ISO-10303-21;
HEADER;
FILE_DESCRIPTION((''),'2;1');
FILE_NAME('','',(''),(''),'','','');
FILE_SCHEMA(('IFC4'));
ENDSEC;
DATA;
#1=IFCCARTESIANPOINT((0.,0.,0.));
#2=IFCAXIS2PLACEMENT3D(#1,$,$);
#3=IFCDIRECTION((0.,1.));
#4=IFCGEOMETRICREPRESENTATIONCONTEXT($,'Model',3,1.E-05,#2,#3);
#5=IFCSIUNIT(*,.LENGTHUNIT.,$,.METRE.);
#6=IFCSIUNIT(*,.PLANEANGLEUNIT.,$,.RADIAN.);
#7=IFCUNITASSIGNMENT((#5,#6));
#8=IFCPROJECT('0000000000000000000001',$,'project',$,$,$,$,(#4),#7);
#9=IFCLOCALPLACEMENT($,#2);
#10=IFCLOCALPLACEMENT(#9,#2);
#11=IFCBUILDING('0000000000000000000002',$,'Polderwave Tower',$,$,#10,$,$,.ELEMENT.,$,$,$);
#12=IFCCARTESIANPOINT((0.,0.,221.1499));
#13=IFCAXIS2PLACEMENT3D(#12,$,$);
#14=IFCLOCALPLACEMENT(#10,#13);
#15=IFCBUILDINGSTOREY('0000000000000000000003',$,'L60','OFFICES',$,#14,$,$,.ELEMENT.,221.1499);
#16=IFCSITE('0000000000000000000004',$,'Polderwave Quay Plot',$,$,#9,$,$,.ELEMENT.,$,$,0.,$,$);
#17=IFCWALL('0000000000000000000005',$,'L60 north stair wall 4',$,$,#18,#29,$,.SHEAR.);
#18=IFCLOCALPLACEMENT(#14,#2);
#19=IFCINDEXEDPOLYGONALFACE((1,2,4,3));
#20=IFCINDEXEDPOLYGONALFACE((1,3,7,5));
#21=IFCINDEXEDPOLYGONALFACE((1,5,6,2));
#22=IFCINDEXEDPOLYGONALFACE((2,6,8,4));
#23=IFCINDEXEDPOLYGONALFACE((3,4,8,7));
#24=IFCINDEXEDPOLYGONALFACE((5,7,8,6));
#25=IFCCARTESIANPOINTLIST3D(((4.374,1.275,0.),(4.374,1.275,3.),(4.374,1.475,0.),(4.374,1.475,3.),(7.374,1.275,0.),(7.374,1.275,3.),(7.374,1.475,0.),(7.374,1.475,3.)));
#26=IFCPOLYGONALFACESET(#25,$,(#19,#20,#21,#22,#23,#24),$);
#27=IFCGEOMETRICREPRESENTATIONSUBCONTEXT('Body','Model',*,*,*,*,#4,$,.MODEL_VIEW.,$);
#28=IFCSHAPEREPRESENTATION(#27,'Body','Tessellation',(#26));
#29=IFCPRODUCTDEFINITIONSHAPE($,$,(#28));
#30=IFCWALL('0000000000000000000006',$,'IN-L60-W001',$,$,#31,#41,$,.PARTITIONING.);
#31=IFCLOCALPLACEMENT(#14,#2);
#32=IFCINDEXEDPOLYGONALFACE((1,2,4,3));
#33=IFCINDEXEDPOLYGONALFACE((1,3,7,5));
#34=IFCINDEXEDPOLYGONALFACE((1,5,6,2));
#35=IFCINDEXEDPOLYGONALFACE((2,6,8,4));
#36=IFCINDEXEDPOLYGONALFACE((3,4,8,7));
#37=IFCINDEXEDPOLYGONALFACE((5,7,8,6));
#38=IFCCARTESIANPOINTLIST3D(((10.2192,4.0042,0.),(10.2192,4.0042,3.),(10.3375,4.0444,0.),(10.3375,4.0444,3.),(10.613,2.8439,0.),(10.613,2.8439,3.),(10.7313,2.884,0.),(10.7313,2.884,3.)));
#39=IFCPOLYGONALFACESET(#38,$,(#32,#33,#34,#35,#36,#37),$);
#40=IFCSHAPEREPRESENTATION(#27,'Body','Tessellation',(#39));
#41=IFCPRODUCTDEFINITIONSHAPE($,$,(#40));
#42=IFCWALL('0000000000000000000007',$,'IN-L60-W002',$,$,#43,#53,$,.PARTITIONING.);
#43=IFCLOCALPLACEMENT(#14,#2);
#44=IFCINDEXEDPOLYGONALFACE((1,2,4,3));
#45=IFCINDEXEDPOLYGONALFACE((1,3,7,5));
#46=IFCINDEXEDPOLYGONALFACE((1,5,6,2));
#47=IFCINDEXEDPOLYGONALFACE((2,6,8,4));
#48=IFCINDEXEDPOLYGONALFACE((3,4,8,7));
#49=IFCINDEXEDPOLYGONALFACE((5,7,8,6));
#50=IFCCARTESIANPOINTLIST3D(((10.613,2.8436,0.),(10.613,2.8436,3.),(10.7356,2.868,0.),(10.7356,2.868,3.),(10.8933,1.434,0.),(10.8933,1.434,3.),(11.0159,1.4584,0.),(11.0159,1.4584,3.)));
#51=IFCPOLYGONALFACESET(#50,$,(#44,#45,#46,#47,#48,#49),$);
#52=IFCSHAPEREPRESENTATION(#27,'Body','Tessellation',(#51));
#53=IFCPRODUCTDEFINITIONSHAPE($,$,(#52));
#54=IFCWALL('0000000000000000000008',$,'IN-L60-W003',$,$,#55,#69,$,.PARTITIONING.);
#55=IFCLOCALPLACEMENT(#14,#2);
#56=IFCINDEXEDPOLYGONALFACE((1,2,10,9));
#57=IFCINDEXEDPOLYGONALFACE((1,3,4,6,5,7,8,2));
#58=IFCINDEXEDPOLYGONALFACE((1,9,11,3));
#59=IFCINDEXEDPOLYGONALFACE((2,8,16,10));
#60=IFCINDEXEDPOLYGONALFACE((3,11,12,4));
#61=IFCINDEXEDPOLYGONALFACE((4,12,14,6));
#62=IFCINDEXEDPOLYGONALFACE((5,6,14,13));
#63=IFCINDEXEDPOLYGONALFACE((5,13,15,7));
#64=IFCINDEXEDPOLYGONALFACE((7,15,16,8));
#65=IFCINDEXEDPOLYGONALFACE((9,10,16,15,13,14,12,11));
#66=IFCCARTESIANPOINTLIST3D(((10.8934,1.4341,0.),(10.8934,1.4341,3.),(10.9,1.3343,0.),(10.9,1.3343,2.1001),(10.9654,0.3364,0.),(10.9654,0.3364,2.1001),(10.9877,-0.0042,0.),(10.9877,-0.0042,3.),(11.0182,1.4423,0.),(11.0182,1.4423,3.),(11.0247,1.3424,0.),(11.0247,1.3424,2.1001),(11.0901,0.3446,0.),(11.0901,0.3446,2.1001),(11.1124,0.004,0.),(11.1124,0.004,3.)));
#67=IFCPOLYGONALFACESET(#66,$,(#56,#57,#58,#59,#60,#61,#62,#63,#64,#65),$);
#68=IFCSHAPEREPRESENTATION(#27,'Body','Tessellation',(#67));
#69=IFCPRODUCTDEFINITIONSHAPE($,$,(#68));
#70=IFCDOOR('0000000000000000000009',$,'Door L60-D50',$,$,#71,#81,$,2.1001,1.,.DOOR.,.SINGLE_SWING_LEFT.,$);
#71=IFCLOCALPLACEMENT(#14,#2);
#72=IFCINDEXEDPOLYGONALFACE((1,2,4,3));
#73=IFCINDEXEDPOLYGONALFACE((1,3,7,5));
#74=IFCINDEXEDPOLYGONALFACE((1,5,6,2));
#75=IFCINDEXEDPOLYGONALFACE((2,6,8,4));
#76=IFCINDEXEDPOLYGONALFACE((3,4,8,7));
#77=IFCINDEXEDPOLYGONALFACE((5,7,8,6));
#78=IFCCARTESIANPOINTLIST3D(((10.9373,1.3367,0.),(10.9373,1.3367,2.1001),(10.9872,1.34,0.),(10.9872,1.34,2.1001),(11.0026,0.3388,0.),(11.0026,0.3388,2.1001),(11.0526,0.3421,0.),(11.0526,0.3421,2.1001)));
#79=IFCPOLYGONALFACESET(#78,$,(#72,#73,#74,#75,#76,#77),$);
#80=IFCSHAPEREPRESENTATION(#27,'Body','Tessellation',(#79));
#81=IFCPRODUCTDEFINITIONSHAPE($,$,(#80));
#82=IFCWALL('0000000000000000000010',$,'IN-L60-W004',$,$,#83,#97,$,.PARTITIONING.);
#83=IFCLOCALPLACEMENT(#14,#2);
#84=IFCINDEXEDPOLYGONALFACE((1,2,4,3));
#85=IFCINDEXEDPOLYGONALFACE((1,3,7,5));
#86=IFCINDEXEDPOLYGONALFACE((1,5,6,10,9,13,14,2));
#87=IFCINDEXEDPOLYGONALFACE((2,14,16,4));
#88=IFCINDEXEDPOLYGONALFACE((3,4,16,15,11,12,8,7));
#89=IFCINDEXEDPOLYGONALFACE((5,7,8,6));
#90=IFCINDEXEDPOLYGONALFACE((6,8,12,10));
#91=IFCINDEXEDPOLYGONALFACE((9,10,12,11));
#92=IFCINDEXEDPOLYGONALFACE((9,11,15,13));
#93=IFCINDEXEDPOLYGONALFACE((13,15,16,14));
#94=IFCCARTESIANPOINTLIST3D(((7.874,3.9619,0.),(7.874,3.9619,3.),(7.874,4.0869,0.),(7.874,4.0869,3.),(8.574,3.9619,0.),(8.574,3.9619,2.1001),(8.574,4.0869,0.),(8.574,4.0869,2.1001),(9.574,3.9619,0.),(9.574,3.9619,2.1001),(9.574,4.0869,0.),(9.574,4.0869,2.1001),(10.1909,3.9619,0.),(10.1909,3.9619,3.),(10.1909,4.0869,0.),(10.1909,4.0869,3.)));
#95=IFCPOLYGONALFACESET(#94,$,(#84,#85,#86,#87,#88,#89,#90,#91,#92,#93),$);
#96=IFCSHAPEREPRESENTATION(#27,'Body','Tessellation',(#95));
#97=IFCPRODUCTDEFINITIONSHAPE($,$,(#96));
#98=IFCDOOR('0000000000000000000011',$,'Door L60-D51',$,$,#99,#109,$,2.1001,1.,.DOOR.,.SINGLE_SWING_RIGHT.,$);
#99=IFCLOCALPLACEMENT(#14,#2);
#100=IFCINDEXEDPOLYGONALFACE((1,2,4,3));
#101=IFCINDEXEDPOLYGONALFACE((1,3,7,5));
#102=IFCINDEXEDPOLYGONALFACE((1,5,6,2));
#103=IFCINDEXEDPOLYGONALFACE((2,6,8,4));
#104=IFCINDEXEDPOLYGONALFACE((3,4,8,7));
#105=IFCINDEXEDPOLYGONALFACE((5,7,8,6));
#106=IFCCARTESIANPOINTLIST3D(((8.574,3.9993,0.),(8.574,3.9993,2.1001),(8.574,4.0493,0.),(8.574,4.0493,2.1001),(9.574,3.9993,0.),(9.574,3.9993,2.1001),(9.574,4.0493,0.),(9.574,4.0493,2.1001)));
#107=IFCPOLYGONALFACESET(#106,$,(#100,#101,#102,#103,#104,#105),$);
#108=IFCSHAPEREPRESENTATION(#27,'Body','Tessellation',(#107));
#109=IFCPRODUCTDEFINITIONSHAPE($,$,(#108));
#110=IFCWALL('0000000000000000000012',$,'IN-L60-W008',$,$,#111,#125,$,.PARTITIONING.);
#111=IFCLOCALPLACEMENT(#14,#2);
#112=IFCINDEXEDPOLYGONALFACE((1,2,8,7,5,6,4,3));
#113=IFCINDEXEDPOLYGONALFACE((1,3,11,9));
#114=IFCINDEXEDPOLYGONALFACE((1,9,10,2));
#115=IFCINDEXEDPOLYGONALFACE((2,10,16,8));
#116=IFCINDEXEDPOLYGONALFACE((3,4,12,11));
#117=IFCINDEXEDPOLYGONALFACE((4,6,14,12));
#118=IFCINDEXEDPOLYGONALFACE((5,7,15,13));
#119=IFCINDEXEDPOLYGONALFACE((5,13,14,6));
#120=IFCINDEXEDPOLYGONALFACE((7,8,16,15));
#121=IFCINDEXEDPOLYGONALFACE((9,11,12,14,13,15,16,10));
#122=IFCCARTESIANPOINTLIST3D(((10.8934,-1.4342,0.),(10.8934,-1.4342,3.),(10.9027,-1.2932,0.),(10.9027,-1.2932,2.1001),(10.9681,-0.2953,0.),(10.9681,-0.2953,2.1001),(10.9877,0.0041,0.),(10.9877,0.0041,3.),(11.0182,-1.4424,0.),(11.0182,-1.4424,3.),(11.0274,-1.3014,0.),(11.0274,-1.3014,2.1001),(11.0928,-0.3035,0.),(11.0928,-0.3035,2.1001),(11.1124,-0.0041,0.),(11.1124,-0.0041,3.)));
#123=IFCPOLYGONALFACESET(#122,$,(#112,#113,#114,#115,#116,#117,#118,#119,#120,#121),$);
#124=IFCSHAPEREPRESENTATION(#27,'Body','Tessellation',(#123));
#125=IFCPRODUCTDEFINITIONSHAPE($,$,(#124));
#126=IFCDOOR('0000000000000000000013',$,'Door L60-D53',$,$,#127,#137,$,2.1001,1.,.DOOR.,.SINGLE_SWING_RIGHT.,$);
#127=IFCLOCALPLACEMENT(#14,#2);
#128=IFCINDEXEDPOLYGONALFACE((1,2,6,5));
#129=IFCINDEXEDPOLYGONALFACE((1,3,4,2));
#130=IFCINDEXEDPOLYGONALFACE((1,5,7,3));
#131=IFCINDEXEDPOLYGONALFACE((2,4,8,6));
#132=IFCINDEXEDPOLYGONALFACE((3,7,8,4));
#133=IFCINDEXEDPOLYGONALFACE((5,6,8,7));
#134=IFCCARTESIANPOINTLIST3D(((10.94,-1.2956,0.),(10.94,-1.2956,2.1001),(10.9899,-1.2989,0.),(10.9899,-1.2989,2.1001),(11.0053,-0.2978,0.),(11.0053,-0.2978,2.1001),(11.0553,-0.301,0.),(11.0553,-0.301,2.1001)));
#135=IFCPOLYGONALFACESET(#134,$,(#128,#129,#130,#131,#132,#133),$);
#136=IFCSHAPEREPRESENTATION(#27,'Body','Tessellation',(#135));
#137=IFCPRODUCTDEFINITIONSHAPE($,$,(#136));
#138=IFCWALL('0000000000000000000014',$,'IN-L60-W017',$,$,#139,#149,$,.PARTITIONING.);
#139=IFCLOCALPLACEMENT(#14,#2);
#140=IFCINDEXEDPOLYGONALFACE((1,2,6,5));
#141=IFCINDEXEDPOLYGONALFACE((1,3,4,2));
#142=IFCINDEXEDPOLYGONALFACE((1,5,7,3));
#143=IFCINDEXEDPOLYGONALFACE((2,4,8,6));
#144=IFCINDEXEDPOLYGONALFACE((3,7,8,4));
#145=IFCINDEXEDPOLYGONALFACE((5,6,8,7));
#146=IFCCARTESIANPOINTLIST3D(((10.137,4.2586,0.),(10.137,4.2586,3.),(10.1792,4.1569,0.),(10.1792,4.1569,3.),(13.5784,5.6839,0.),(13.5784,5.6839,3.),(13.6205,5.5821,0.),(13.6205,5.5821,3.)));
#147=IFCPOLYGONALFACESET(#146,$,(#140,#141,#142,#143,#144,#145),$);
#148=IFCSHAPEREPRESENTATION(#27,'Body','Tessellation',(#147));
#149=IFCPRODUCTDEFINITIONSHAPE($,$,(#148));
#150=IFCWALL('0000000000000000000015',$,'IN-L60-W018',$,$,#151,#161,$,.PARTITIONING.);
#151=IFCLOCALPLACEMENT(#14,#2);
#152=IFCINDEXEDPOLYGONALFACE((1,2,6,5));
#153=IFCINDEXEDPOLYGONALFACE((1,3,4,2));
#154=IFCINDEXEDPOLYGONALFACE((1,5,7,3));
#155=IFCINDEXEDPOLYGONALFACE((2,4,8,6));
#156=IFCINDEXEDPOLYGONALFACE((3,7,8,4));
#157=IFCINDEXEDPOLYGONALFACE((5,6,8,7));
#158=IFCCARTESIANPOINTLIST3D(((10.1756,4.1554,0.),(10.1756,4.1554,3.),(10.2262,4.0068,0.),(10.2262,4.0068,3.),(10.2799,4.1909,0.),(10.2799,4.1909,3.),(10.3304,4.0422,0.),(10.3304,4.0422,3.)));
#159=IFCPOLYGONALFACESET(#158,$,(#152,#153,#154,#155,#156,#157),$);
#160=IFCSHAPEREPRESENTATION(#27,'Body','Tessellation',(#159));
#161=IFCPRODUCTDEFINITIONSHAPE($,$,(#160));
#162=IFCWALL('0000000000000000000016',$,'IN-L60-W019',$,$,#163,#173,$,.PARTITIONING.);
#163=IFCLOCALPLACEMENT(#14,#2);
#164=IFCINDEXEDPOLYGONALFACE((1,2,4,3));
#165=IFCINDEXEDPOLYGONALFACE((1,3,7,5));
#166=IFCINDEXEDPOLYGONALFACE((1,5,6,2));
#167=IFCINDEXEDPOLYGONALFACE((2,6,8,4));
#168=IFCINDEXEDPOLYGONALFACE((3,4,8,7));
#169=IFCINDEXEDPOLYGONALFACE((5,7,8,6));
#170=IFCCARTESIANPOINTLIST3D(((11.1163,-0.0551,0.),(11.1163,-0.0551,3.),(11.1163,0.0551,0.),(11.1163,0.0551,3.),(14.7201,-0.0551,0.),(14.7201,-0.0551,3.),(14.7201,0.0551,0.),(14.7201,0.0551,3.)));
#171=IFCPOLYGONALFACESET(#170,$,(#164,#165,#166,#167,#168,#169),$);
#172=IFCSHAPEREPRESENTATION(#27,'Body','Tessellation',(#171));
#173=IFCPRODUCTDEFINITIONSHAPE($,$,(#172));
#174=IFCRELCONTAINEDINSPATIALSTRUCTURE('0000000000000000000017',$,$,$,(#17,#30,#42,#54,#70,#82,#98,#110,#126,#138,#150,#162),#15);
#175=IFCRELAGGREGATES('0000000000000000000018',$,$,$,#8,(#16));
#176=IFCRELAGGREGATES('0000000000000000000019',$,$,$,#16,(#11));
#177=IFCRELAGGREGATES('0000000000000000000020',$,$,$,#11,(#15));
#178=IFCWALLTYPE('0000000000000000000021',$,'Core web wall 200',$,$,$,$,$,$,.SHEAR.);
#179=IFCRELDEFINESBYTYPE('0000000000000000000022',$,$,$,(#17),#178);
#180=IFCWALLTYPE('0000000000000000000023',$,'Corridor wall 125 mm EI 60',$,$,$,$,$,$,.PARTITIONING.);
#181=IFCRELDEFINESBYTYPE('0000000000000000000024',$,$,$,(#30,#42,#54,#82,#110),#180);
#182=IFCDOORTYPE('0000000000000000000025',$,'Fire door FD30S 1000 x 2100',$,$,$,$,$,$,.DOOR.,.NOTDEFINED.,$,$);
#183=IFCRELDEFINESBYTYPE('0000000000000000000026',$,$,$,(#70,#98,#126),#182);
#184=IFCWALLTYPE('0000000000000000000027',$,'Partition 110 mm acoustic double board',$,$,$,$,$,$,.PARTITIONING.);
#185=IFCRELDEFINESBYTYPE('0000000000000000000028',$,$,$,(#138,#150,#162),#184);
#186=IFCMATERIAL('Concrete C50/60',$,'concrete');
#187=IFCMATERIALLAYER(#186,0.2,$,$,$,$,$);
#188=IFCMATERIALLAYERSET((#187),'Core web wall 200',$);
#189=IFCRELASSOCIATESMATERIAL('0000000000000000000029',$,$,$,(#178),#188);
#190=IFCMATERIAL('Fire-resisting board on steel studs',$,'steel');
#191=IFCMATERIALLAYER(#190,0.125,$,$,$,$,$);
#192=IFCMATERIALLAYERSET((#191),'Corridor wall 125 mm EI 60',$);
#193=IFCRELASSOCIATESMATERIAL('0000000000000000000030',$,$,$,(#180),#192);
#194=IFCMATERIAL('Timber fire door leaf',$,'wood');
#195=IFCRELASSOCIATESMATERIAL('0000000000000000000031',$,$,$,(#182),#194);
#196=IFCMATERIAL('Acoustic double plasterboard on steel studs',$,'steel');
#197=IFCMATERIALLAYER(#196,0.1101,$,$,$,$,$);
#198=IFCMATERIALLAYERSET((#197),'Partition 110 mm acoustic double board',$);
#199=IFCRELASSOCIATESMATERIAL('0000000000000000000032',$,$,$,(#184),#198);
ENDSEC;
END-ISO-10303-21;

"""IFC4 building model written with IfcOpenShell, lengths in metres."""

from ifc_helpers import new_model, si_unit, direction, frame, frame_2d, origin, place, context, subcontext, project, spatial, rectangle, extrude, material, layer, layer_set, type_object, element, fill, save


model = new_model("IFC4")

# Units and contexts
model_context = context("Model", 3, precision=1e-05, world=origin(), true_north=direction((0.0, 1.0)))
body_context = subcontext(model_context, "Body", "Model", "MODEL_VIEW")
ifc_project = project(units=[si_unit("LENGTHUNIT", "METRE"), si_unit("PLANEANGLEUNIT", "RADIAN")], contexts=[model_context])

# Site, building, storey
site_placement = place(None, origin())
site = spatial("IfcSite", under=ifc_project, at=site_placement, Name="Polderwave Quay Plot", CompositionType="ELEMENT", RefElevation=0.0)
building_placement = place(site_placement, origin())
building = spatial("IfcBuilding", under=site, at=building_placement, Name="Polderwave Tower", CompositionType="ELEMENT")
storey_placement = place(building_placement, frame((0.0, 0.0, 221.1499)))
storey = spatial("IfcBuildingStorey", under=building, at=storey_placement, Name="L60", Description="OFFICES", CompositionType="ELEMENT", Elevation=221.1499)

# Walls
ifc_material_1 = material(Name="Concrete C50/60", Category="concrete")
ifc_layer_1 = layer(ifc_material_1, 0.2)
ifc_layer_set_1 = layer_set([ifc_layer_1], Name="Core web wall 200")
wall_type_1 = type_object("IfcWallType", Name="Core web wall 200", PredefinedType="SHEAR", material=ifc_layer_set_1)
wall_1_placement = place(storey_placement, frame((4.374, 1.375, 0.0), z_axis=(0.0, 0.0, 1.0), x_axis=(1.0, 0.0, 0.0)))
element("IfcWall", 1, at=wall_1_placement, inside=storey, type_object=wall_type_1, Name="L60 north stair wall 4", PredefinedType="SHEAR", context=body_context, shape_type="SweptSolid", body=[
    extrude(rectangle(XDim=3.0, YDim=0.2, at=frame_2d((1.5, 0.0))), origin(), (0.0, 0.0, 1.0), 3.0),
])
ifc_material_2 = material(Name="Fire-resisting board on steel studs", Category="steel")
ifc_layer_2 = layer(ifc_material_2, 0.125)
ifc_layer_set_2 = layer_set([ifc_layer_2], Name="Corridor wall 125 mm EI 60")
wall_type_2 = type_object("IfcWallType", Name="Corridor wall 125 mm EI 60", PredefinedType="PARTITIONING", material=ifc_layer_set_2)
wall_2_placement = place(storey_placement, frame((10.2783, 4.0244, 0.0), z_axis=(0.0, 0.0, 1.0), x_axis=(0.321363, -0.946956, 0.0)))
element("IfcWall", 2, at=wall_2_placement, inside=storey, type_object=wall_type_2, Name="IN-L60-W001", PredefinedType="PARTITIONING", context=body_context, shape_type="SweptSolid", body=[
    extrude(rectangle(XDim=1.2253, YDim=0.125, at=frame_2d((0.6128, 0.0))), origin(), (0.0, 0.0, 1.0), 3.0),
])
wall_3_placement = place(storey_placement, frame((10.6743, 2.856, 0.0), z_axis=(0.0, 0.0, 1.0), x_axis=(0.195005, -0.980802, 0.0)))
element("IfcWall", 3, at=wall_3_placement, inside=storey, type_object=wall_type_2, Name="IN-L60-W002", PredefinedType="PARTITIONING", context=body_context, shape_type="SweptSolid", body=[
    extrude(rectangle(XDim=1.4373, YDim=0.125, at=frame_2d((0.7188, 0.0))), origin(), (0.0, 0.0, 1.0), 3.0),
])

# Walls, openings, doors
wall_4_placement = place(storey_placement, frame((10.9558, 1.4382, 0.0), z_axis=(0.0, 0.0, 1.0), x_axis=(0.065383, -0.99786, 0.0)))
wall_4 = element("IfcWall", 4, at=wall_4_placement, inside=storey, type_object=wall_type_2, Name="IN-L60-W003", PredefinedType="PARTITIONING", context=body_context, shape_type="SweptSolid", body=[
    extrude(rectangle(XDim=1.4414, YDim=0.125, at=frame_2d((0.7207, 0.0))), origin(), (0.0, 0.0, 1.0), 3.0),
])
opening_1_placement = place(wall_4_placement, frame((0.1001, 0.0, 0.0)))
opening_1 = element("IfcOpeningElement", 5, at=opening_1_placement, cuts=wall_4, PredefinedType="OPENING", context=body_context, shape_type="SweptSolid", body=[
    extrude(rectangle(XDim=1.0, YDim=2.1001, at=frame_2d((0.5, 1.05))), frame((0.0, 0.0725, 0.0), z_axis=(0.0, -1.0, 0.0), x_axis=(1.0, 0.0, 0.0)), (0.0, 0.0, 1.0), 0.145),
])
ifc_material_3 = material(Name="Timber fire door leaf", Category="wood")
door_type = type_object("IfcDoorType", Name="Fire door FD30S 1000 x 2100", OperationType="NOTDEFINED", PredefinedType="DOOR", material=ifc_material_3)
door_1_placement = place(opening_1_placement, origin())
door_1 = element("IfcDoor", 6, at=door_1_placement, inside=storey, type_object=door_type, Name="Door L60-D50", OperationType="SINGLE_SWING_LEFT", OverallHeight=2.1001, OverallWidth=1.0, PredefinedType="DOOR", context=body_context, shape_type="SweptSolid", body=[
    extrude(rectangle(XDim=1.0, YDim=2.1001, at=frame_2d((0.5, 1.05))), frame((0.0, 0.0249, 0.0), z_axis=(0.0, -1.0, 0.0), x_axis=(1.0, 0.0, 0.0)), (0.0, 0.0, 1.0), 0.05),
])
fill(opening_1, door_1)
wall_5_placement = place(storey_placement, frame((7.874, 4.0244, 0.0), z_axis=(0.0, 0.0, 1.0), x_axis=(1.0, 0.0, 0.0)))
wall_5 = element("IfcWall", 7, at=wall_5_placement, inside=storey, type_object=wall_type_2, Name="IN-L60-W004", PredefinedType="PARTITIONING", context=body_context, shape_type="SweptSolid", body=[
    extrude(rectangle(XDim=2.3169, YDim=0.125, at=frame_2d((1.1584, 0.0))), origin(), (0.0, 0.0, 1.0), 3.0),
])
opening_2_placement = place(wall_5_placement, frame((0.7, 0.0, 0.0)))
opening_2 = element("IfcOpeningElement", 8, at=opening_2_placement, cuts=wall_5, PredefinedType="OPENING", context=body_context, shape_type="SweptSolid", body=[
    extrude(rectangle(XDim=1.0, YDim=2.1001, at=frame_2d((0.5, 1.05))), frame((0.0, 0.0725, 0.0), z_axis=(0.0, -1.0, 0.0), x_axis=(1.0, 0.0, 0.0)), (0.0, 0.0, 1.0), 0.145),
])
door_2_placement = place(opening_2_placement, origin())
door_2 = element("IfcDoor", 9, at=door_2_placement, inside=storey, type_object=door_type, Name="Door L60-D51", OperationType="SINGLE_SWING_RIGHT", OverallHeight=2.1001, OverallWidth=1.0, PredefinedType="DOOR", context=body_context, shape_type="SweptSolid", body=[
    extrude(rectangle(XDim=1.0, YDim=2.1001, at=frame_2d((0.5, 1.05))), frame((0.0, 0.0249, 0.0), z_axis=(0.0, -1.0, 0.0), x_axis=(1.0, 0.0, 0.0)), (0.0, 0.0, 1.0), 0.05),
])
fill(opening_2, door_2)
wall_6_placement = place(storey_placement, frame((11.05, 0.0, 0.0), z_axis=(0.0, 0.0, 1.0), x_axis=(-0.065383, -0.99786, 0.0)))
wall_6 = element("IfcWall", 10, at=wall_6_placement, inside=storey, type_object=wall_type_2, Name="IN-L60-W008", PredefinedType="PARTITIONING", context=body_context, shape_type="SweptSolid", body=[
    extrude(rectangle(XDim=1.4414, YDim=0.125, at=frame_2d((0.7207, 0.0))), origin(), (0.0, 0.0, 1.0), 3.0),
])
opening_3_placement = place(wall_6_placement, frame((0.3, 0.0, 0.0)))
opening_3 = element("IfcOpeningElement", 11, at=opening_3_placement, cuts=wall_6, PredefinedType="OPENING", context=body_context, shape_type="SweptSolid", body=[
    extrude(rectangle(XDim=1.0, YDim=2.1001, at=frame_2d((0.5, 1.05))), frame((0.0, 0.0725, 0.0), z_axis=(0.0, -1.0, 0.0), x_axis=(1.0, 0.0, 0.0)), (0.0, 0.0, 1.0), 0.145),
])
door_3_placement = place(opening_3_placement, origin())
door_3 = element("IfcDoor", 12, at=door_3_placement, inside=storey, type_object=door_type, Name="Door L60-D53", OperationType="SINGLE_SWING_RIGHT", OverallHeight=2.1001, OverallWidth=1.0, PredefinedType="DOOR", context=body_context, shape_type="SweptSolid", body=[
    extrude(rectangle(XDim=1.0, YDim=2.1001, at=frame_2d((0.5, 1.05))), frame((0.0, 0.0249, 0.0), z_axis=(0.0, -1.0, 0.0), x_axis=(1.0, 0.0, 0.0)), (0.0, 0.0, 1.0), 0.05),
])
fill(opening_3, door_3)

# Walls
ifc_material_4 = material(Name="Acoustic double plasterboard on steel studs", Category="steel")
ifc_layer_3 = layer(ifc_material_4, 0.1101)
ifc_layer_set_3 = layer_set([ifc_layer_3], Name="Partition 110 mm acoustic double board")
wall_type_3 = type_object("IfcWallType", Name="Partition 110 mm acoustic double board", PredefinedType="PARTITIONING", material=ifc_layer_set_3)
wall_7_placement = place(storey_placement, frame((10.1582, 4.2078, 0.0), z_axis=(0.0, 0.0, 1.0), x_axis=(0.923897, 0.382641, 0.0)))
element("IfcWall", 13, at=wall_7_placement, inside=storey, type_object=wall_type_3, Name="IN-L60-W017", PredefinedType="PARTITIONING", context=body_context, shape_type="SweptSolid", body=[
    extrude(rectangle(XDim=3.7249, YDim=0.1101, at=frame_2d((1.8623, 0.0))), origin(), (0.0, 0.0, 1.0), 3.0),
])
wall_8_placement = place(storey_placement, frame((10.2783, 4.0244, 0.0), z_axis=(0.0, 0.0, 1.0), x_axis=(-0.321819, 0.946801, 0.0)))
element("IfcWall", 14, at=wall_8_placement, inside=storey, type_object=wall_type_3, Name="IN-L60-W018", PredefinedType="PARTITIONING", context=body_context, shape_type="SweptSolid", body=[
    extrude(rectangle(XDim=0.157, YDim=0.1101, at=frame_2d((0.0786, 0.0))), origin(), (0.0, 0.0, 1.0), 3.0),
])
wall_9_placement = place(storey_placement, frame((14.72, 0.0, 0.0), z_axis=(0.0, 0.0, 1.0), x_axis=(-1.0, 0.0, 0.0)))
element("IfcWall", 15, at=wall_9_placement, inside=storey, type_object=wall_type_3, Name="IN-L60-W019", PredefinedType="PARTITIONING", context=body_context, shape_type="SweptSolid", body=[
    extrude(rectangle(XDim=3.6038, YDim=0.1101, at=frame_2d((1.8018, 0.0))), origin(), (0.0, 0.0, 1.0), 3.0),
])

save(model, "model.ifc")
